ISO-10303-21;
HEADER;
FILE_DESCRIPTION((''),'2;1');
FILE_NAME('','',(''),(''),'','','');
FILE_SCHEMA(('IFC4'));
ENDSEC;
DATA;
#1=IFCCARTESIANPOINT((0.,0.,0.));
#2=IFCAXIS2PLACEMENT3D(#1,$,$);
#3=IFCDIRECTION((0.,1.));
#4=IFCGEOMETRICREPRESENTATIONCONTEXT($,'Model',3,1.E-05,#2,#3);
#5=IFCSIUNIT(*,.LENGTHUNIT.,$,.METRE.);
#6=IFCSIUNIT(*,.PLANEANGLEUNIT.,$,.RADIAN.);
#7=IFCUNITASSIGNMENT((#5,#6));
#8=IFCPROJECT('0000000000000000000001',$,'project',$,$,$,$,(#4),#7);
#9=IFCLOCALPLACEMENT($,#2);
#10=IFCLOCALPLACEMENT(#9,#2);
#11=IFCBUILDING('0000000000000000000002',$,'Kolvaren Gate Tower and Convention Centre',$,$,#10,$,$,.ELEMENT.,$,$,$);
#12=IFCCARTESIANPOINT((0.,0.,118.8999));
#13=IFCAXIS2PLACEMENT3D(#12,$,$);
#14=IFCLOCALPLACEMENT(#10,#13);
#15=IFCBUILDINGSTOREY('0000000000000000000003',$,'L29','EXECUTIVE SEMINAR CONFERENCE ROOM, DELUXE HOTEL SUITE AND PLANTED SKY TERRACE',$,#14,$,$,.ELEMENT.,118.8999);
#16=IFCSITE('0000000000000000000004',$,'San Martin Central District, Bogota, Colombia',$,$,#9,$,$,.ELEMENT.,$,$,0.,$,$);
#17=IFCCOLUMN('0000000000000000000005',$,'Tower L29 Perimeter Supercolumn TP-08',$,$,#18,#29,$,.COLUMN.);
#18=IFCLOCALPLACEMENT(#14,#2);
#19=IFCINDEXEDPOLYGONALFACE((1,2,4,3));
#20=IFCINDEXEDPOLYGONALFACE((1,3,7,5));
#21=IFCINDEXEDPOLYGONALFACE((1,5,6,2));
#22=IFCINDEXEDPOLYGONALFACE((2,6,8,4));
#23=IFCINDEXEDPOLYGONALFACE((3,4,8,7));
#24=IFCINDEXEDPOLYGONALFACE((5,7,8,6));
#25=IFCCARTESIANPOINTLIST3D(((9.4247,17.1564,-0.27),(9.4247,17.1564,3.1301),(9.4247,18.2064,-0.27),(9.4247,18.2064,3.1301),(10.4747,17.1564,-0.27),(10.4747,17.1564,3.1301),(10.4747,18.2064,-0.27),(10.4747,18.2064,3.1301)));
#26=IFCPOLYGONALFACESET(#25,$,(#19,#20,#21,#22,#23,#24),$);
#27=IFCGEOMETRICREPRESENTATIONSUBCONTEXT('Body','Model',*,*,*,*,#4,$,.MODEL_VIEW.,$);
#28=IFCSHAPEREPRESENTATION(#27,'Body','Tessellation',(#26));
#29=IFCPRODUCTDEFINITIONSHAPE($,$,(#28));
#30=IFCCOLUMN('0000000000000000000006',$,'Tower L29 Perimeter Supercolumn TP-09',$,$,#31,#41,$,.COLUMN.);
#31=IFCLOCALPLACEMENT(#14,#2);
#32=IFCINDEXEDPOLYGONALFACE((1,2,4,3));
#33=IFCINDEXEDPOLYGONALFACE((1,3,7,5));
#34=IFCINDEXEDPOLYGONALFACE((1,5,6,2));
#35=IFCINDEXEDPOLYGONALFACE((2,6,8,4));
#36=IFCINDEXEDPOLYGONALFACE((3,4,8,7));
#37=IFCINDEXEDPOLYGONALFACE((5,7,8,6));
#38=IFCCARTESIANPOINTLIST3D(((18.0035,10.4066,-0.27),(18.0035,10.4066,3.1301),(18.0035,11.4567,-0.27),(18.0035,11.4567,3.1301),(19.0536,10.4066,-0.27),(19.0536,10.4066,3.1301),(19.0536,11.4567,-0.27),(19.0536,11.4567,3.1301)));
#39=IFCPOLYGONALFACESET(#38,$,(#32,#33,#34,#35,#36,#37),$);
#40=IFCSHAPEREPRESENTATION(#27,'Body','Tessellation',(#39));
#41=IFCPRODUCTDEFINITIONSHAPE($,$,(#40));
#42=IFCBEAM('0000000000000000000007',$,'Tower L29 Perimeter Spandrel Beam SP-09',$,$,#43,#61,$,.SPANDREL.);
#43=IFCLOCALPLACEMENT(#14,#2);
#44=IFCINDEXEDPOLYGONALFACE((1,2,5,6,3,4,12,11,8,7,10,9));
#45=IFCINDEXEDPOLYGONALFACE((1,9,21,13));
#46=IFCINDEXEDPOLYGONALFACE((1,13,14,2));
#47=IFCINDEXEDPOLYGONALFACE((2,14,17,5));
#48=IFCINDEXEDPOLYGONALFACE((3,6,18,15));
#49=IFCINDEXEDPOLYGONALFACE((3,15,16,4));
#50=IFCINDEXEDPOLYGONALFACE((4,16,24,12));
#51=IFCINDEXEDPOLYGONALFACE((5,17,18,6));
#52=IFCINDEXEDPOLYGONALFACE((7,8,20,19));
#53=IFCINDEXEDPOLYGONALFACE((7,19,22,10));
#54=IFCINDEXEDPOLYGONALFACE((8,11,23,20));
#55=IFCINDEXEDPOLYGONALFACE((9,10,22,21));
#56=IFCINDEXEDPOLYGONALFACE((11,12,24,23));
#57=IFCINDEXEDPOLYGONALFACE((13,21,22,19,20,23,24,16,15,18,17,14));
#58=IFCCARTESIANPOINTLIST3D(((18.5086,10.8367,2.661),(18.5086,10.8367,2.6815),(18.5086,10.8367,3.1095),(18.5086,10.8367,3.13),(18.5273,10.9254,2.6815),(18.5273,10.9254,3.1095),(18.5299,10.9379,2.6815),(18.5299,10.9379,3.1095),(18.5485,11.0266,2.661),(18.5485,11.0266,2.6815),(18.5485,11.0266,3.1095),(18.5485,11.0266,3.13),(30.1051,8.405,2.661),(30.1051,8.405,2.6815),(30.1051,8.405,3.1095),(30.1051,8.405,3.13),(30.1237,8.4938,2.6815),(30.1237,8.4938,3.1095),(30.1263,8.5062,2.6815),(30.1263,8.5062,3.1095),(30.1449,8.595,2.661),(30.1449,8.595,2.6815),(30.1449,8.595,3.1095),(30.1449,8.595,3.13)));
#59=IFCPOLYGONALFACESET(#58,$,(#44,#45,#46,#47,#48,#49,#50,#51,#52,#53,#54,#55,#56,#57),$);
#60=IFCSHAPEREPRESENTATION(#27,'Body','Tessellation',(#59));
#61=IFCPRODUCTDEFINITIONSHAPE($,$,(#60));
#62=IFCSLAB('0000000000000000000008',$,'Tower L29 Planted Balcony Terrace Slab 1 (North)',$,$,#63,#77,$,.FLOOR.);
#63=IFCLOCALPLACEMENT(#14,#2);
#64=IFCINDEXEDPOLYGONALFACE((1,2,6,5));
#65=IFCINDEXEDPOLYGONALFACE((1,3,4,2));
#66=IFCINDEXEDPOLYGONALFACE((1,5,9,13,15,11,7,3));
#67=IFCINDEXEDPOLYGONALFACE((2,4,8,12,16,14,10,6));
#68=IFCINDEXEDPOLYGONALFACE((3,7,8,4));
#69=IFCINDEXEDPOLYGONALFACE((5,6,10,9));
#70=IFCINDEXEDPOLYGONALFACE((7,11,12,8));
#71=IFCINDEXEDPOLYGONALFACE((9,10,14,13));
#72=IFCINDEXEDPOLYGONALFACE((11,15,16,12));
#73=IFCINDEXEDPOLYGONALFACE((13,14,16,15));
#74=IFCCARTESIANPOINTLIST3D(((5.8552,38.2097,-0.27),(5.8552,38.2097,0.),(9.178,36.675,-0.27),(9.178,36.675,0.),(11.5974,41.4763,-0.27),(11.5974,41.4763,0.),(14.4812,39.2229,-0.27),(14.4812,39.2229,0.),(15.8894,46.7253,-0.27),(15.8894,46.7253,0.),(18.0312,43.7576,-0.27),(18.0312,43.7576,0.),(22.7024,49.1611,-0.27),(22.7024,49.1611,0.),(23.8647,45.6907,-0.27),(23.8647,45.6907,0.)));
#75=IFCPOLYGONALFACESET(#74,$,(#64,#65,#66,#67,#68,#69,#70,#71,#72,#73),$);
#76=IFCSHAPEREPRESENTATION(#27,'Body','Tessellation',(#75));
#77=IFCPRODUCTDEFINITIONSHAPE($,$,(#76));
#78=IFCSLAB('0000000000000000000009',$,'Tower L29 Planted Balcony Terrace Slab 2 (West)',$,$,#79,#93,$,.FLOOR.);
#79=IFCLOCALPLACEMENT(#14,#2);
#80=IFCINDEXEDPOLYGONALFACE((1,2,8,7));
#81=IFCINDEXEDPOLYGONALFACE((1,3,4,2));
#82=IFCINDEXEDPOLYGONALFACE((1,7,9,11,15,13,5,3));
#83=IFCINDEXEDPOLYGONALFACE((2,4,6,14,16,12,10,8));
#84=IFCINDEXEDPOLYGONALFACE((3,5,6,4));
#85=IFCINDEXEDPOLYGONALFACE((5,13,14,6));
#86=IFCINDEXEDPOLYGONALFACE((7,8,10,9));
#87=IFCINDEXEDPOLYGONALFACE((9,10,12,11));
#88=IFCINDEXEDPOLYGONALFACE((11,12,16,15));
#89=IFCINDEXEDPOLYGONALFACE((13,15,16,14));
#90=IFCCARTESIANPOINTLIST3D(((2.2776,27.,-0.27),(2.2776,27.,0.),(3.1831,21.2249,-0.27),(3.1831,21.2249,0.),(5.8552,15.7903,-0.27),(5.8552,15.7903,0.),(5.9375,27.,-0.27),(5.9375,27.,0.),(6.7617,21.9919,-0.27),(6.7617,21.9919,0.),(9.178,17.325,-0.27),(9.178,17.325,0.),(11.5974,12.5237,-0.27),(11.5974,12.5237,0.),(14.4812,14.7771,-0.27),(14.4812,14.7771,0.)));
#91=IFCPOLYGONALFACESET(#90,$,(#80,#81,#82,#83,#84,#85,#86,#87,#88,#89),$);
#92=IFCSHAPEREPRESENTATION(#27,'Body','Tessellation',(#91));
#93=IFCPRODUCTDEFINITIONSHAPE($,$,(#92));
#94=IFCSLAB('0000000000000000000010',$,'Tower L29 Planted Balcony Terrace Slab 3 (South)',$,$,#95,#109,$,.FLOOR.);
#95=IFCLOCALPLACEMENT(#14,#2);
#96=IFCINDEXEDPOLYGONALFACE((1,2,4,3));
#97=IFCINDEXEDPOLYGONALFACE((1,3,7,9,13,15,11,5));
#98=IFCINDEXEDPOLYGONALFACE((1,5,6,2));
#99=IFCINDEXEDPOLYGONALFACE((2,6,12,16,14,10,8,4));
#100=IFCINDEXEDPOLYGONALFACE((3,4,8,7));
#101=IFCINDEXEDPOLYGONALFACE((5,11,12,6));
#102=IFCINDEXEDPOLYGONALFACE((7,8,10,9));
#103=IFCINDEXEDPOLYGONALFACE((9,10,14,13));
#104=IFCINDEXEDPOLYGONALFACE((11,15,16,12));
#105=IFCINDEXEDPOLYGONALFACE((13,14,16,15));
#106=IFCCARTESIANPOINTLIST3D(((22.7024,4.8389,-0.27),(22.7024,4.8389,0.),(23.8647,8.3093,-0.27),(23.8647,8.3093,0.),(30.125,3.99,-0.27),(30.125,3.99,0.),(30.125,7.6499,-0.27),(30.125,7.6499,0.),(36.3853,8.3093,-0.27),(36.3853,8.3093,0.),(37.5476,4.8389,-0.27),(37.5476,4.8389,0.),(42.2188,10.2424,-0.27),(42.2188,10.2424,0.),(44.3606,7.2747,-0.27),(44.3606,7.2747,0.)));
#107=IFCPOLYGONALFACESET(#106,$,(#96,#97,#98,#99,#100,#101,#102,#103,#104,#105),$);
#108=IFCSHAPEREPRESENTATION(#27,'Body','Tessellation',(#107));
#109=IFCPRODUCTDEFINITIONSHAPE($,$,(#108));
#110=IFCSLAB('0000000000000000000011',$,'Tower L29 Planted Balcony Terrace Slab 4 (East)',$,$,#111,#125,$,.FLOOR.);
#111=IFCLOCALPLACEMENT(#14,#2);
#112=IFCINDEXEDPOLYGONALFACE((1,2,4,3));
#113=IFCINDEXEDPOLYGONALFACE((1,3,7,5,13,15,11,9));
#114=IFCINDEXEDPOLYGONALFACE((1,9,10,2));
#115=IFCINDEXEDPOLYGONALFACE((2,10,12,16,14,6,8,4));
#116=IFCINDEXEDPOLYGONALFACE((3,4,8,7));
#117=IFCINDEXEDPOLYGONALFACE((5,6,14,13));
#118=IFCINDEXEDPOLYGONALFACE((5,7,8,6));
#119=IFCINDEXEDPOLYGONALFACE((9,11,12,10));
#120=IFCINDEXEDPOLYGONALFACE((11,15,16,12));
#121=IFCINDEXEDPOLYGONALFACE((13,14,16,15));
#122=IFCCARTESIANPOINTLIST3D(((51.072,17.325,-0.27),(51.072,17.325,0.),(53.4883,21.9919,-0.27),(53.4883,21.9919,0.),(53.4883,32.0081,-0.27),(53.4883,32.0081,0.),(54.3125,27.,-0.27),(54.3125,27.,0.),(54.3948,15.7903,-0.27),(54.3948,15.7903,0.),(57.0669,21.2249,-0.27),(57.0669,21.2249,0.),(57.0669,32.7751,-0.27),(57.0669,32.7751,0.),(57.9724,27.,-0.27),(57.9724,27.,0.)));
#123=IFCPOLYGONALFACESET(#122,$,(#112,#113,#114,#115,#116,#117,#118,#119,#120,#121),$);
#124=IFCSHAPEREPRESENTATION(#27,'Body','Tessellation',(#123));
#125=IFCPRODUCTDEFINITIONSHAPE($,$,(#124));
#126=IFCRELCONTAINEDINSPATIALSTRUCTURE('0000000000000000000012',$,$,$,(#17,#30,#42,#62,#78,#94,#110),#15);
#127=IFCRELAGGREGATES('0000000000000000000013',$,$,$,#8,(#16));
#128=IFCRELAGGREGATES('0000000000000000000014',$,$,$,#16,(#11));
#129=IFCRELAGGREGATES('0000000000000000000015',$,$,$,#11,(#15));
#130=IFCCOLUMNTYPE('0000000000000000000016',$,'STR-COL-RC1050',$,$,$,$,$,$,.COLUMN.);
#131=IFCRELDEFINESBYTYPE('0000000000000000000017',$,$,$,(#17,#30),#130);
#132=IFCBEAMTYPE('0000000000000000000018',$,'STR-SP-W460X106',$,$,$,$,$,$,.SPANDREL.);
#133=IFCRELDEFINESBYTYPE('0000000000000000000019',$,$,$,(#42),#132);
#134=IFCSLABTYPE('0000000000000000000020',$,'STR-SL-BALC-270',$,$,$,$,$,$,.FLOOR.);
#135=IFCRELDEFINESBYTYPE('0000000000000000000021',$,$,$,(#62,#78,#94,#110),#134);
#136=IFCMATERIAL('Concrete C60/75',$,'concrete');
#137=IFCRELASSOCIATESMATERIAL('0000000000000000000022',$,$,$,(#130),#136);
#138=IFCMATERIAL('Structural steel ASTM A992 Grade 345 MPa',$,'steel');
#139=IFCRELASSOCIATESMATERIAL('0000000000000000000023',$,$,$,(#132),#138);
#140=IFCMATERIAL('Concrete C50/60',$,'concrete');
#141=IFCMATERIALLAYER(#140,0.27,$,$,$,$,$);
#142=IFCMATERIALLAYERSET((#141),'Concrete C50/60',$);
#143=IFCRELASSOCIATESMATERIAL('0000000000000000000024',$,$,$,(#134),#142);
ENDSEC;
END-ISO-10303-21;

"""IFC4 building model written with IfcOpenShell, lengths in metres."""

from ifc_helpers import new_model, si_unit, direction, frame, origin, origin_2d, place, context, subcontext, project, spatial, polyline, rectangle, i_section, outline, extrude, material, layer, layer_set, material_profile, profile_set, type_object, element, save


model = new_model("IFC4")

# Units and contexts
model_context = context("Model", 3, precision=1e-05, world=origin(), true_north=direction((0.0, 1.0)))
body_context = subcontext(model_context, "Body", "Model", "MODEL_VIEW")
ifc_project = project(units=[si_unit("LENGTHUNIT", "METRE"), si_unit("PLANEANGLEUNIT", "RADIAN")], contexts=[model_context])

# Site, building, storey
site_placement = place(None, origin())
site = spatial("IfcSite", under=ifc_project, at=site_placement, Name="San Martin Central District, Bogota, Colombia", CompositionType="ELEMENT", RefElevation=0.0)
building_placement = place(site_placement, origin())
building = spatial("IfcBuilding", under=site, at=building_placement, Name="Kolvaren Gate Tower and Convention Centre", CompositionType="ELEMENT")
storey_placement = place(building_placement, frame((0.0, 0.0, 118.8999)))
storey = spatial("IfcBuildingStorey", under=building, at=storey_placement, Name="L29", Description="EXECUTIVE SEMINAR CONFERENCE ROOM, DELUXE HOTEL SUITE AND PLANTED SKY TERRACE", CompositionType="ELEMENT", Elevation=118.8999)

# Columns
ifc_material_1 = material(Name="Concrete C60/75", Category="concrete")
ifc_material_profile_1 = material_profile(ifc_material_1, rectangle(XDim=1.05, YDim=1.05, at=origin_2d()), Name="RC-COL-1050X1050")
ifc_profile_set_1 = profile_set([ifc_material_profile_1], Name="Concrete C60/75")
column_type = type_object("IfcColumnType", Name="STR-COL-RC1050", PredefinedType="COLUMN", material=ifc_profile_set_1)
for number, where, z_axis, x_axis, name in (
    (1, (9.9497, 17.6814, -0.27), (0.0, 0.0, 1.0), (1.0, 0.0, 0.0), "Tower L29 Perimeter Supercolumn TP-08"),
    (2, (18.5286, 10.9316, -0.27), (0.0, 0.0, 1.0), (1.0, 0.0, 0.0), "Tower L29 Perimeter Supercolumn TP-09"),
):
    element("IfcColumn", number, at=place(storey_placement, frame(where, z_axis=z_axis, x_axis=x_axis)), inside=storey, type_object=column_type, Name=name, PredefinedType="COLUMN", context=body_context, shape_type="SweptSolid", body=[
        extrude(rectangle(XDim=1.05, YDim=1.05, at=origin_2d()), origin(), (0.0, 0.0, 1.0), 3.4001),
    ])

# Beam
ifc_material_2 = material(Name="Structural steel ASTM A992 Grade 345 MPa", Category="steel")
ifc_material_profile_2 = material_profile(ifc_material_2, i_section(OverallWidth=0.1941, OverallDepth=0.469, WebThickness=0.0127, FlangeThickness=0.0205, at=origin_2d()), Name="W460X106")
ifc_profile_set_2 = profile_set([ifc_material_profile_2], Name="Structural steel ASTM A992 Grade 345 MPa")
beam_type = type_object("IfcBeamType", Name="STR-SP-W460X106", PredefinedType="SPANDREL", material=ifc_profile_set_2)
beam_placement = place(storey_placement, frame((18.5286, 10.9316, 2.8955), z_axis=(0.978715, -0.205225, 0.0), x_axis=(0.205225, 0.978715, 0.0)))
element("IfcBeam", 3, at=beam_placement, inside=storey, type_object=beam_type, Name="Tower L29 Perimeter Spandrel Beam SP-09", PredefinedType="SPANDREL", context=body_context, shape_type="SweptSolid", body=[
    extrude(i_section(OverallWidth=0.1941, OverallDepth=0.469, WebThickness=0.0127, FlangeThickness=0.0205, at=origin_2d()), origin(), (0.0, 0.0, 1.0), 11.8486),
])

# Slabs
ifc_material_3 = material(Name="Concrete C50/60", Category="concrete")
ifc_layer_1 = layer(ifc_material_3, 0.27)
ifc_layer_set_1 = layer_set([ifc_layer_1], Name="Concrete C50/60")
slab_type_1 = type_object("IfcSlabType", Name="STR-SL-BALC-270", PredefinedType="FLOOR", material=ifc_layer_set_1)
slab_1_placement = place(storey_placement, frame((0.0, 0.0, -0.27)))
element("IfcSlab", 4, at=slab_1_placement, inside=storey, type_object=slab_type_1, Name="Tower L29 Planted Balcony Terrace Slab 1 (North)", PredefinedType="FLOOR", context=body_context, shape_type="SweptSolid", body=[
    extrude(outline(polyline([(23.8647, 45.6907), (18.0312, 43.7576), (14.4812, 39.2229), (9.178, 36.675), (5.8552, 38.2097), (11.5974, 41.4763), (15.8894, 46.7253), (22.7024, 49.1611), (23.8647, 45.6907)])), origin(), (0.0, 0.0, 1.0), 0.27),
])
slab_2_placement = place(storey_placement, frame((0.0, 0.0, -0.27)))
element("IfcSlab", 5, at=slab_2_placement, inside=storey, type_object=slab_type_1, Name="Tower L29 Planted Balcony Terrace Slab 2 (West)", PredefinedType="FLOOR", context=body_context, shape_type="SweptSolid", body=[
    extrude(outline(polyline([(5.9375, 27.0), (6.7617, 21.9919), (9.178, 17.325), (14.4812, 14.7771), (11.5974, 12.5237), (5.8552, 15.7903), (3.1831, 21.2249), (2.2776, 27.0), (5.9375, 27.0)])), origin(), (0.0, 0.0, 1.0), 0.27),
])
slab_3_placement = place(storey_placement, frame((0.0, 0.0, -0.27)))
element("IfcSlab", 6, at=slab_3_placement, inside=storey, type_object=slab_type_1, Name="Tower L29 Planted Balcony Terrace Slab 3 (South)", PredefinedType="FLOOR", context=body_context, shape_type="SweptSolid", body=[
    extrude(outline(polyline([(23.8647, 8.3093), (30.125, 7.6499), (36.3853, 8.3093), (42.2188, 10.2424), (44.3606, 7.2747), (37.5476, 4.8389), (30.125, 3.99), (22.7024, 4.8389), (23.8647, 8.3093)])), origin(), (0.0, 0.0, 1.0), 0.27),
])
slab_4_placement = place(storey_placement, frame((0.0, 0.0, -0.27)))
element("IfcSlab", 7, at=slab_4_placement, inside=storey, type_object=slab_type_1, Name="Tower L29 Planted Balcony Terrace Slab 4 (East)", PredefinedType="FLOOR", context=body_context, shape_type="SweptSolid", body=[
    extrude(outline(polyline([(51.072, 17.325), (53.4883, 21.9919), (54.3125, 27.0), (53.4883, 32.0081), (57.0669, 32.7751), (57.9724, 27.0), (57.0669, 21.2249), (54.3948, 15.7903), (51.072, 17.325)])), origin(), (0.0, 0.0, 1.0), 0.27),
])

save(model, "model.ifc")
